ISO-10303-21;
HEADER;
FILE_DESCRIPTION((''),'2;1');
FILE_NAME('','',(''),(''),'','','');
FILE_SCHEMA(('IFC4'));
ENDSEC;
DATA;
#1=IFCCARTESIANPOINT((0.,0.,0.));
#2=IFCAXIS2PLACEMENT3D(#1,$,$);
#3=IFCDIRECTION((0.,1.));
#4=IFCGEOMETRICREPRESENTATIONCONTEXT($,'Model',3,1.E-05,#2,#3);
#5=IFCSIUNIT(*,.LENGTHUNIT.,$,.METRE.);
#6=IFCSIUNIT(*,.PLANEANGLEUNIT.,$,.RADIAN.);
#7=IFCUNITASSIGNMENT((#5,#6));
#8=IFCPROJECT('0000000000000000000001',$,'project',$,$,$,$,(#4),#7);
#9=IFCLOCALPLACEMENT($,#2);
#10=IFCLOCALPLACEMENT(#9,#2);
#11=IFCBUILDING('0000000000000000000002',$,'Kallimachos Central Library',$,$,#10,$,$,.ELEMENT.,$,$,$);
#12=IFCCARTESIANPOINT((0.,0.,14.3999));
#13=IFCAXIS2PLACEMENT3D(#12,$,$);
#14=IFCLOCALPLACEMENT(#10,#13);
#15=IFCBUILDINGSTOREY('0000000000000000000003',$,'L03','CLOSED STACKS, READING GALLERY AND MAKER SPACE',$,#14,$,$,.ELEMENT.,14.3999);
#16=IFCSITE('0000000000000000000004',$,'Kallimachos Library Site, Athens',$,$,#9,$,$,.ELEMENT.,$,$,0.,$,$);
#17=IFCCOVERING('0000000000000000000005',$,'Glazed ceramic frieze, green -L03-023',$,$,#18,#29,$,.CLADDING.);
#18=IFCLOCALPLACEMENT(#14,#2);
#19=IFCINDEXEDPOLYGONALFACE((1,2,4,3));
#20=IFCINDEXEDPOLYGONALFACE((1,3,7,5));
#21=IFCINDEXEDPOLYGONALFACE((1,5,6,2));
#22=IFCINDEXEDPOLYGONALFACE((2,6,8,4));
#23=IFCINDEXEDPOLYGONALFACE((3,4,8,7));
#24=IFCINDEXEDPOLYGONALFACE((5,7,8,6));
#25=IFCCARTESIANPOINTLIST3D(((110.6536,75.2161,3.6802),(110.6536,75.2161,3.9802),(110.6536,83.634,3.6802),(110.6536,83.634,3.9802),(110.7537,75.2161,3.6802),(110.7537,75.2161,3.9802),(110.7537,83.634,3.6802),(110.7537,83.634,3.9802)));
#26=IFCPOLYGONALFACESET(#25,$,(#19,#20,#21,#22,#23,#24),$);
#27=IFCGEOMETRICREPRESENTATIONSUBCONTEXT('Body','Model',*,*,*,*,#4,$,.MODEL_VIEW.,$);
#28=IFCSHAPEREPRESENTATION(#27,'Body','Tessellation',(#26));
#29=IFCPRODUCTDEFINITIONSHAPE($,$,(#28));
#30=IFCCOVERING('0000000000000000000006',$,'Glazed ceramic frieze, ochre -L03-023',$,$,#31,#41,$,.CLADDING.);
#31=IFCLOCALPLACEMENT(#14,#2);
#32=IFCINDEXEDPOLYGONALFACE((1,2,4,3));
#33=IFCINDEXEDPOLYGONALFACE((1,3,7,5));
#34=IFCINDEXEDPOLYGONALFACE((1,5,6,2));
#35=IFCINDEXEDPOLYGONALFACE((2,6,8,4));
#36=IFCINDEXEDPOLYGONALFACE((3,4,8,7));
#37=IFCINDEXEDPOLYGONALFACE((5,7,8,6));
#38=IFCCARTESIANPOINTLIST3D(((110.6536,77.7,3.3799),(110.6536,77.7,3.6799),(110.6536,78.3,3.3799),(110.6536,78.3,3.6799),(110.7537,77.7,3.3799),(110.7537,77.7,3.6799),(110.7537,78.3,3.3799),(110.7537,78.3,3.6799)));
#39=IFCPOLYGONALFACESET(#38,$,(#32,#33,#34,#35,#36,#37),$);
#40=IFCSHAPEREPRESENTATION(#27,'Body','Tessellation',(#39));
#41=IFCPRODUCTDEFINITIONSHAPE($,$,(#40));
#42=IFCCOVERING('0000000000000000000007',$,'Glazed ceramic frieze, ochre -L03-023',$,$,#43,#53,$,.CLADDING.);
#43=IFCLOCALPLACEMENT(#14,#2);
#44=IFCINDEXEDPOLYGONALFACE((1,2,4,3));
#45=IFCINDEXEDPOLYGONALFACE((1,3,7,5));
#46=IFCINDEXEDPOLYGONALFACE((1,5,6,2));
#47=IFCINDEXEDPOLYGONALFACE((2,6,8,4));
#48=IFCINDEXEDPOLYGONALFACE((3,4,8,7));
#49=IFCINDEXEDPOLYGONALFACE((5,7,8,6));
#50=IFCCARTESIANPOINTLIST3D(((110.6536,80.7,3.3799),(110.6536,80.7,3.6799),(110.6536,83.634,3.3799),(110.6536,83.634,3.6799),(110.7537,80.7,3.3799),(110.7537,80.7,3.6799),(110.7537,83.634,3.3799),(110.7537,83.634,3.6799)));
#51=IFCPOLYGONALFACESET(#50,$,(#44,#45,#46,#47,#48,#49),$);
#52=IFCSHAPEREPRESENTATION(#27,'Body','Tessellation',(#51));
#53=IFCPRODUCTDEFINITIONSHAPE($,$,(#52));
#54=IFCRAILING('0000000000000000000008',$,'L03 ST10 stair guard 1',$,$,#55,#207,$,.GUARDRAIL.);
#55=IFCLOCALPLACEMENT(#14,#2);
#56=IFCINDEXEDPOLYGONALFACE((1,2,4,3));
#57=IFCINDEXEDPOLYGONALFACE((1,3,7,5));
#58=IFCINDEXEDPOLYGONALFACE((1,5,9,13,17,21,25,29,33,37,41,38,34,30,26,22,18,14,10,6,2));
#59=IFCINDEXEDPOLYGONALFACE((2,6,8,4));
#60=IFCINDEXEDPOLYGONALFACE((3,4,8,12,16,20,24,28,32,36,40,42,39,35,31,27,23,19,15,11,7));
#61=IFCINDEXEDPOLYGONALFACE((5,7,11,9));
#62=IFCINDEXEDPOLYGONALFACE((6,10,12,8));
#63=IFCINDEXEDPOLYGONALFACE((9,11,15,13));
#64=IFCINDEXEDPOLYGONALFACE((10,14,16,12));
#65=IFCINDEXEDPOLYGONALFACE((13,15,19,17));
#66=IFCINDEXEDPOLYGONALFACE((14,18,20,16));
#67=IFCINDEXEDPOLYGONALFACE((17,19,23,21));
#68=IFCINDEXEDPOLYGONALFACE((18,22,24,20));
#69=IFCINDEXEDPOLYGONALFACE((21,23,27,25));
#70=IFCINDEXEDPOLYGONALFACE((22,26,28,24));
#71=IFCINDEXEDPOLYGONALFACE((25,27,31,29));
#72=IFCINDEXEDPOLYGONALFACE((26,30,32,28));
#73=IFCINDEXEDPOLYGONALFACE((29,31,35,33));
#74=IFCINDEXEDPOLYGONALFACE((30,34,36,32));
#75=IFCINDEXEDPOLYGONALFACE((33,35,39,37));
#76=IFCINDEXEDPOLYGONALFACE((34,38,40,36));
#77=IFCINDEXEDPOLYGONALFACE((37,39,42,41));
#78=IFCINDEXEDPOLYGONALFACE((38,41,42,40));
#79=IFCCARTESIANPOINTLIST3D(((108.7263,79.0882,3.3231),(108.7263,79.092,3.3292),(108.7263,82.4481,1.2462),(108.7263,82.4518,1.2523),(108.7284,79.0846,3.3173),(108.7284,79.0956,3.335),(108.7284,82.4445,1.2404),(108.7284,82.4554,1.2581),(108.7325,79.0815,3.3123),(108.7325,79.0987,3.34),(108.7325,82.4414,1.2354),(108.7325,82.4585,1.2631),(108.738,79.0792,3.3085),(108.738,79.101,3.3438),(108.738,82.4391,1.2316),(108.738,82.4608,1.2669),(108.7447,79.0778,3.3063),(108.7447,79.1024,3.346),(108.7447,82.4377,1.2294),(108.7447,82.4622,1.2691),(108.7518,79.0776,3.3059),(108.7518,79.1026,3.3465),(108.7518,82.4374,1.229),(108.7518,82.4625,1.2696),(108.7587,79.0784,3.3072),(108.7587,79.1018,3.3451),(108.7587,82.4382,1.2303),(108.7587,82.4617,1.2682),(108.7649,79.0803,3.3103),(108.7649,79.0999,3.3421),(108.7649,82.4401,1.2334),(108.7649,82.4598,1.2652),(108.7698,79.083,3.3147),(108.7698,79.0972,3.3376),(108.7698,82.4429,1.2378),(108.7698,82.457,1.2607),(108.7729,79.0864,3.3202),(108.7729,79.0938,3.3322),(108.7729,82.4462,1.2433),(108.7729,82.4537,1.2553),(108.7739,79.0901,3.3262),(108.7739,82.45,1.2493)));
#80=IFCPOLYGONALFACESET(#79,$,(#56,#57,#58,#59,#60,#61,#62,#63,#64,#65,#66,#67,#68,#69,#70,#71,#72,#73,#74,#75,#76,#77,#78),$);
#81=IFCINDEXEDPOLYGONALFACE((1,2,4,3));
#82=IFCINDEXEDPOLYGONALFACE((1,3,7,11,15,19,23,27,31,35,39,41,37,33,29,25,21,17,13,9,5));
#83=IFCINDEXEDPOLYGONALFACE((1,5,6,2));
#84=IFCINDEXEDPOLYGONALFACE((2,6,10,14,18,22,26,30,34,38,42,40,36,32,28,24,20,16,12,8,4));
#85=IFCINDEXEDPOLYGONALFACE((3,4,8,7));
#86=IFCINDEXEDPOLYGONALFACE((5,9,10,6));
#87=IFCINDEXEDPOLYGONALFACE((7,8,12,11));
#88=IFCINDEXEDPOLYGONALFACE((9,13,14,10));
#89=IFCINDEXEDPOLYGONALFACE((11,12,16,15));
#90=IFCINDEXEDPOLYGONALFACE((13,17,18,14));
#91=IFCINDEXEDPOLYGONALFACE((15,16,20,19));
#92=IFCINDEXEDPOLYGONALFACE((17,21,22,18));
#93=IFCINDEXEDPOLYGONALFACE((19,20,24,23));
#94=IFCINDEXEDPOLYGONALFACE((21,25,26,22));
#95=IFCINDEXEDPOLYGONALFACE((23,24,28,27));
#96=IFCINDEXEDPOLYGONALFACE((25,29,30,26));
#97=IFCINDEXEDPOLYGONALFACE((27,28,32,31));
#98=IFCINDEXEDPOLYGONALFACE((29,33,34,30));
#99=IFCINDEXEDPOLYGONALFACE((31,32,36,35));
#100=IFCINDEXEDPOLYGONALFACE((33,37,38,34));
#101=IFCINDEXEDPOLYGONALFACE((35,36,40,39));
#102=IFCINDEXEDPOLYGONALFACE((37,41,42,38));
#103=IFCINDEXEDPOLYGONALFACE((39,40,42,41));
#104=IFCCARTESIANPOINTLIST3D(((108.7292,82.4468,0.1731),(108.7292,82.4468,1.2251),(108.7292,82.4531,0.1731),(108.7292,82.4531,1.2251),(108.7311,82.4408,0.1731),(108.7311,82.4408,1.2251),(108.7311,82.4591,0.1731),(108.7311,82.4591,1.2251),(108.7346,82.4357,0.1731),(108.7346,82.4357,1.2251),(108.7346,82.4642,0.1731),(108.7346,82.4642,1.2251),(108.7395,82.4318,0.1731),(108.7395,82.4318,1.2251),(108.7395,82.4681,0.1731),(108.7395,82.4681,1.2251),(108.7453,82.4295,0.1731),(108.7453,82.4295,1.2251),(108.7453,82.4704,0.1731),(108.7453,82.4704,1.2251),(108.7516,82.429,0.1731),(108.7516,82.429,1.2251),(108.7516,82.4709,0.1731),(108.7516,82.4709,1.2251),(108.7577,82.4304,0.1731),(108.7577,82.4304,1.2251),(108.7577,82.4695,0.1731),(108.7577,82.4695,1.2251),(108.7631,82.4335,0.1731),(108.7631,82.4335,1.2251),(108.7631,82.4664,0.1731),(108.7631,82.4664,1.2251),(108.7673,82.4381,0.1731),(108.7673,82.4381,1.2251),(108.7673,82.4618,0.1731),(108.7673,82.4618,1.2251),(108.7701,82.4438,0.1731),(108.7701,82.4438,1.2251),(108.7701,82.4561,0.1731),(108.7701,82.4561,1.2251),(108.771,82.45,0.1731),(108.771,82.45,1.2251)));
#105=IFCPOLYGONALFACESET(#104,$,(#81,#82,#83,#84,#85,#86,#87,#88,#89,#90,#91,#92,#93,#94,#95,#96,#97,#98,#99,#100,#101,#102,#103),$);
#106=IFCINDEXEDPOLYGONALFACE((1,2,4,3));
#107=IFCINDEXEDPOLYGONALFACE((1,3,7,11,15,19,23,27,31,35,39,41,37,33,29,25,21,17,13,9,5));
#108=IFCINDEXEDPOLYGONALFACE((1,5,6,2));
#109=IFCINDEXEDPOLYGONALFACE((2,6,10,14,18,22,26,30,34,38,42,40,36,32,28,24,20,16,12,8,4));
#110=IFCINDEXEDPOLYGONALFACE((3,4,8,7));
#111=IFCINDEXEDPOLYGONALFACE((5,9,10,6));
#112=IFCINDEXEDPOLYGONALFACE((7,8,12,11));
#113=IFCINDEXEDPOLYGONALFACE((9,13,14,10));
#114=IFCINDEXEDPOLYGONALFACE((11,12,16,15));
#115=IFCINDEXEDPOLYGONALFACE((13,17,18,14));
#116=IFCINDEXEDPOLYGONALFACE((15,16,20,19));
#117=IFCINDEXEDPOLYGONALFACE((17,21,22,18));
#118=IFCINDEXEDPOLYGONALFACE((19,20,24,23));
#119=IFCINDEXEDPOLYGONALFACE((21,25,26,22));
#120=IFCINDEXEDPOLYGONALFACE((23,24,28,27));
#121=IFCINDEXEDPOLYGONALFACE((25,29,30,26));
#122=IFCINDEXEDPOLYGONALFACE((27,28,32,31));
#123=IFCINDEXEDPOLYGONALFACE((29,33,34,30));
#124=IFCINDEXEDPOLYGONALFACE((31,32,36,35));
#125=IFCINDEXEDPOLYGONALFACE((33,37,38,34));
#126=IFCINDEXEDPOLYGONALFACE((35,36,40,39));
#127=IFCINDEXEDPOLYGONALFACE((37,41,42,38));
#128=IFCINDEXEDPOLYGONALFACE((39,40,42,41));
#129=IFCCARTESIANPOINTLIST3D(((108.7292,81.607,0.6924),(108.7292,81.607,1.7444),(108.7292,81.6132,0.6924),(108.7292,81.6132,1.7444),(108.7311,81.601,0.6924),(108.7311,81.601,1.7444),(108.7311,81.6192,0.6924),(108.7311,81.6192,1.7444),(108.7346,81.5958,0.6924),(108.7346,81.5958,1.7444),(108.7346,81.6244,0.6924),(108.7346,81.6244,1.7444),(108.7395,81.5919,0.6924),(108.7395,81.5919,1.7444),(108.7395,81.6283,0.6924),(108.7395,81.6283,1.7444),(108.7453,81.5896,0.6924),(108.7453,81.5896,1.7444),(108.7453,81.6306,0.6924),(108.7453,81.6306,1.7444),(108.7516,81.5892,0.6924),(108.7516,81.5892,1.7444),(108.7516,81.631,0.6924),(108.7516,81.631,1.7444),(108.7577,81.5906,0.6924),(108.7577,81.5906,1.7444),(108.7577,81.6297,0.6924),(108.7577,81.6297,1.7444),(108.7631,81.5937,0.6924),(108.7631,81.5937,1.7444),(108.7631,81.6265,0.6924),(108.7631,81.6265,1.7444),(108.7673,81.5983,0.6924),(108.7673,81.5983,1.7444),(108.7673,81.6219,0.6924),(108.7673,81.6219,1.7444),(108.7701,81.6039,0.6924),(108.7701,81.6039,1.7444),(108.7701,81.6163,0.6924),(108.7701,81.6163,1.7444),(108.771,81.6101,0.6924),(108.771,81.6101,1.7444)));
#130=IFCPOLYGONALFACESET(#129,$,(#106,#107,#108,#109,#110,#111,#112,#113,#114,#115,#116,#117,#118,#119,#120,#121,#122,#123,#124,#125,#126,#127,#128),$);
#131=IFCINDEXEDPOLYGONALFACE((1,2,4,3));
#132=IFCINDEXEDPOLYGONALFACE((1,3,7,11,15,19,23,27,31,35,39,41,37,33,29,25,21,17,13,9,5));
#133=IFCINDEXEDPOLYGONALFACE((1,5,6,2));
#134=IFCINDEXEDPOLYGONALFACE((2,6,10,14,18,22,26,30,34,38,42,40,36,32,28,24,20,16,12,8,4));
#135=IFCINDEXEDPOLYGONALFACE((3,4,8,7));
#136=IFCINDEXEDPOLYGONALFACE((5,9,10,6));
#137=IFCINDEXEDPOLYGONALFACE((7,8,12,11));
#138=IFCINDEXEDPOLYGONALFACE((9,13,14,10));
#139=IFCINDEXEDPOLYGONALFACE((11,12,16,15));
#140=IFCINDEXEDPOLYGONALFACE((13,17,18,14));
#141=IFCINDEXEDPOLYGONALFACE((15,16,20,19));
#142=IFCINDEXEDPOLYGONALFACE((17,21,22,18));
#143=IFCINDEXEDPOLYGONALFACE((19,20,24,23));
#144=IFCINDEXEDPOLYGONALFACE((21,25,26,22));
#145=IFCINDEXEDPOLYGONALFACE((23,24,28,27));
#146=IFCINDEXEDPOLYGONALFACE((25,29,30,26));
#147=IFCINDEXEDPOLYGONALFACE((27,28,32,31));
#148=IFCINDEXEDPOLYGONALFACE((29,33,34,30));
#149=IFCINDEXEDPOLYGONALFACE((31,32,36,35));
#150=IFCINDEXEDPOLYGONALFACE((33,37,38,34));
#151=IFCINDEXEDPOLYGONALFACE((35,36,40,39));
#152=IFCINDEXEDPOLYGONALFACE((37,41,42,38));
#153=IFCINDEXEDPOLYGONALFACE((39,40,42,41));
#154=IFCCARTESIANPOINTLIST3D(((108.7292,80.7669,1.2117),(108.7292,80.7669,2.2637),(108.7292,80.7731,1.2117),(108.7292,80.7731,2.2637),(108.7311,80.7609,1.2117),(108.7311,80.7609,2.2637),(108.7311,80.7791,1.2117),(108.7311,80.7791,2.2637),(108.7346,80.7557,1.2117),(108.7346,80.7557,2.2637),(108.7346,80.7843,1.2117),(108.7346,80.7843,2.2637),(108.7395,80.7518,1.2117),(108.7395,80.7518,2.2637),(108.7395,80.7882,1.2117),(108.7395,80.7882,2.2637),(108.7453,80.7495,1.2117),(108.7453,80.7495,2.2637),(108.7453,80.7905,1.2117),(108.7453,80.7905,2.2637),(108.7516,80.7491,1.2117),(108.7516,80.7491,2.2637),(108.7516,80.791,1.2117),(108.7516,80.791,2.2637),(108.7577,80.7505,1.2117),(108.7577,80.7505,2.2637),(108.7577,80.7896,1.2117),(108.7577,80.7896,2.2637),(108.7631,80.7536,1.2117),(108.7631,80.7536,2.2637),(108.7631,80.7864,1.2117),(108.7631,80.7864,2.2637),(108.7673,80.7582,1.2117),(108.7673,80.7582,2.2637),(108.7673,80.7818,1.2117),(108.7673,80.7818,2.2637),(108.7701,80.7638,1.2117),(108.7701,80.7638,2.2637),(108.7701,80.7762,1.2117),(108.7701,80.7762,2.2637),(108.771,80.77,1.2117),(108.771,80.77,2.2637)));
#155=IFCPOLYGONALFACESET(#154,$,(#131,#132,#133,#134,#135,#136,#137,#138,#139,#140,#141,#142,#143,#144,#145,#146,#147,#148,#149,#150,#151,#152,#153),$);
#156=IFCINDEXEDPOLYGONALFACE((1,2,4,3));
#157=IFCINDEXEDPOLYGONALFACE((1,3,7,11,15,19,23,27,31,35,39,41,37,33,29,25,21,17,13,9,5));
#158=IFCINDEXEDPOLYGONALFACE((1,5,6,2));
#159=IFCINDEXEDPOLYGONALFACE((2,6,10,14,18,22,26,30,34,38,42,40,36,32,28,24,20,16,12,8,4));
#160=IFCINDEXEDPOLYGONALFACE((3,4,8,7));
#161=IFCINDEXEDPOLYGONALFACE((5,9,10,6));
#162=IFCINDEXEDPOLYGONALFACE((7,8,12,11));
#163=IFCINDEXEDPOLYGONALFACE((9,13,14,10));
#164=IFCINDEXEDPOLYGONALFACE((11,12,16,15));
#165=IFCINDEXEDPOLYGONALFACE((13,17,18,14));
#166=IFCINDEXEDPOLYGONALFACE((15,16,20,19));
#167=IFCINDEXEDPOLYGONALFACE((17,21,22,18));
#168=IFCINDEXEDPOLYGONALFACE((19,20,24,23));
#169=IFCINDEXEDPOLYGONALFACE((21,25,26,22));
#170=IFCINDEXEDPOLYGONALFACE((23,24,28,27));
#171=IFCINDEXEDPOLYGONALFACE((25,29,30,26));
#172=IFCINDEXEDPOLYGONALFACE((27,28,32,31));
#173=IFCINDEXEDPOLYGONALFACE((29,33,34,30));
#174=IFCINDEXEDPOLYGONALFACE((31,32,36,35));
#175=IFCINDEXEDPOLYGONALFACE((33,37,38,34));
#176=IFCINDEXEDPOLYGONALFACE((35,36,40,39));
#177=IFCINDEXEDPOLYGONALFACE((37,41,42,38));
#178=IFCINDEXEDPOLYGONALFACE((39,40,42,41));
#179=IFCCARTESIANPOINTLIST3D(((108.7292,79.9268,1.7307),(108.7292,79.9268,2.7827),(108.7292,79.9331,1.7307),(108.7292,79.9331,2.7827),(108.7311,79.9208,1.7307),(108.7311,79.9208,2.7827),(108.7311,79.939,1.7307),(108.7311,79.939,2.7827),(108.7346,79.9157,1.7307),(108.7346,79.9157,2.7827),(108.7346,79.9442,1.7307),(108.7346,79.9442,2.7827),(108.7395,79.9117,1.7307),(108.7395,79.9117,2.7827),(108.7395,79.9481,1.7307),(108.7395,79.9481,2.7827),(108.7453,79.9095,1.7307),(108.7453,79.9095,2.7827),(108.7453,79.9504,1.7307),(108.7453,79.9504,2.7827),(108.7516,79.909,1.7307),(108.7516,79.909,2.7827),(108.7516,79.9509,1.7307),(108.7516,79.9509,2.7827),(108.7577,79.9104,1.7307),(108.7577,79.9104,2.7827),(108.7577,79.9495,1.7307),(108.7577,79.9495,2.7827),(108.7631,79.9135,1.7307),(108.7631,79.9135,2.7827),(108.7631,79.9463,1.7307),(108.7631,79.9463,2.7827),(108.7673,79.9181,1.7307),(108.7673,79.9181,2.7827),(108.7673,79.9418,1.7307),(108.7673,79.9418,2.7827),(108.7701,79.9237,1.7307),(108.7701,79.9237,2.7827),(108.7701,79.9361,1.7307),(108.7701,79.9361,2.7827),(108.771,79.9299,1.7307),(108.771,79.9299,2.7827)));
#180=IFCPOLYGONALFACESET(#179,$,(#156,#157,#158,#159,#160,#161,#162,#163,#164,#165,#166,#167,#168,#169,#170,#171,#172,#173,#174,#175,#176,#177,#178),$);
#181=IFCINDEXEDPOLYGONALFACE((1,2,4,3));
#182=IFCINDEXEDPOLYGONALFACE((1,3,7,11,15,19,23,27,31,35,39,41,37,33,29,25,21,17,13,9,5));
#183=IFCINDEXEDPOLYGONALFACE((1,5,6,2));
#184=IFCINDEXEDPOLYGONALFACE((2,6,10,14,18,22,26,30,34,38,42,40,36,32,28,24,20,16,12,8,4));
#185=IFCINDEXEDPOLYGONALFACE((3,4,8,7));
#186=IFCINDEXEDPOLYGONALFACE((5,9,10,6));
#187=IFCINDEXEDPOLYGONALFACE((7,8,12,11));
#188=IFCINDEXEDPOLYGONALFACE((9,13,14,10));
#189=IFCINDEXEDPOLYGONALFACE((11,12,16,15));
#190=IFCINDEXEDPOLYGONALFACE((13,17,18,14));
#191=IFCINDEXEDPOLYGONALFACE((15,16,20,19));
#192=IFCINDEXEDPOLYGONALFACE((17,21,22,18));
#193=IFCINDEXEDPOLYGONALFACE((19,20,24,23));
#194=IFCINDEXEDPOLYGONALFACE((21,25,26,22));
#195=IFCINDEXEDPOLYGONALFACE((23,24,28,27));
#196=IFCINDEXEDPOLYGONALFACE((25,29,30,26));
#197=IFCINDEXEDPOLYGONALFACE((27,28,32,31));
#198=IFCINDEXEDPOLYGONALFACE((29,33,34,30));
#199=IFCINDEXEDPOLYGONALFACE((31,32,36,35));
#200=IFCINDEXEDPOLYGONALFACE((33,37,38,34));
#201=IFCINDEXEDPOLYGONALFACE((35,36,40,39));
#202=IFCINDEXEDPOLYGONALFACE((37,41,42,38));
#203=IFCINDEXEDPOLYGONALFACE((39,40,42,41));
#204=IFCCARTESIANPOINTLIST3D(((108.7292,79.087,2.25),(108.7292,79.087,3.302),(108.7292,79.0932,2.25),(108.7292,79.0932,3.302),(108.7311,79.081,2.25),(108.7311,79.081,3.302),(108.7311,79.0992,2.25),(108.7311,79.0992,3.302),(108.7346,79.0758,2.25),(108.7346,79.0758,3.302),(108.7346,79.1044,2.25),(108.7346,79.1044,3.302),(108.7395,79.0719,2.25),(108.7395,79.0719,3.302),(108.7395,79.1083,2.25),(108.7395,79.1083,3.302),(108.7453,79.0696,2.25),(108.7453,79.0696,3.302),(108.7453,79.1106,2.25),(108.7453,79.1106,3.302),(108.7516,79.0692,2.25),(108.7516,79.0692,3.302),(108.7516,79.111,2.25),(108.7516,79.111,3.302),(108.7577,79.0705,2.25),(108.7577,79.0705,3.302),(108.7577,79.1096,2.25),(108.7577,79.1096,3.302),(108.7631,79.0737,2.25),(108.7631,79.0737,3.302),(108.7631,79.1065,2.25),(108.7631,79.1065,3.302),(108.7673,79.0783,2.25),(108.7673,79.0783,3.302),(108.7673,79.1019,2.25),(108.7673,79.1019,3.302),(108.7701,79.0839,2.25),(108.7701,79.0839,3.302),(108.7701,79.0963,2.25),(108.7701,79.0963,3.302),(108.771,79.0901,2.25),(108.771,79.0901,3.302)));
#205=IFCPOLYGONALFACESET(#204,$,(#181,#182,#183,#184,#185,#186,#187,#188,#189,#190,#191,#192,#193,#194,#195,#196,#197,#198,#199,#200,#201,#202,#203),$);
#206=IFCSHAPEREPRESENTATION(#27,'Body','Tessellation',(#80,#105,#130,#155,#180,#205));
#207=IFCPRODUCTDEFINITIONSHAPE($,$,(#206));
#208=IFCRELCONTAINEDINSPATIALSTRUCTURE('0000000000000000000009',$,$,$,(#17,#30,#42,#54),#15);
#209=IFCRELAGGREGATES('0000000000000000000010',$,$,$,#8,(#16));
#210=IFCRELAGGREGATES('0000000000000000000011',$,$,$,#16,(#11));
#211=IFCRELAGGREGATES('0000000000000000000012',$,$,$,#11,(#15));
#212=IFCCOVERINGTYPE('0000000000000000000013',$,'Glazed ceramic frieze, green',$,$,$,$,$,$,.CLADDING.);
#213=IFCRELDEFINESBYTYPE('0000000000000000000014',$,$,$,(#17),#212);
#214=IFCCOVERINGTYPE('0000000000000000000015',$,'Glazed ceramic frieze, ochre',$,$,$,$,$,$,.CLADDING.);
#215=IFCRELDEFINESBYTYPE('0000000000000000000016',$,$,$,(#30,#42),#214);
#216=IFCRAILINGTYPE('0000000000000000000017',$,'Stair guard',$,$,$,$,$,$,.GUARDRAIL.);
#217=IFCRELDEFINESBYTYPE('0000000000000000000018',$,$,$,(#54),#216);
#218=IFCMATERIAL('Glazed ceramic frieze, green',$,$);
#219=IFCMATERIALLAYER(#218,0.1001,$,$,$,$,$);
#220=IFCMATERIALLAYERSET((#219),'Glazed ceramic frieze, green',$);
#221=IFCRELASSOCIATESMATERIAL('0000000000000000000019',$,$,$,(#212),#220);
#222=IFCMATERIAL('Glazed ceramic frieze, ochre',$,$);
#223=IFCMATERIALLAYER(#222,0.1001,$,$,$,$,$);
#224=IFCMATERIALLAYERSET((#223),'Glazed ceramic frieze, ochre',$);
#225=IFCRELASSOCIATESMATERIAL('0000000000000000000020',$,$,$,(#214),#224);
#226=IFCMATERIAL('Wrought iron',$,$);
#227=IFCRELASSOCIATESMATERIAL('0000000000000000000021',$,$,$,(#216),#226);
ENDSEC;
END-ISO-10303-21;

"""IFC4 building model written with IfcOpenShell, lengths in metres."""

from ifc_helpers import new_model, si_unit, direction, frame, origin, origin_2d, place, context, subcontext, project, spatial, rectangle, circle, extrude, material, layer, layer_set, type_object, element, save


model = new_model("IFC4")

# Units and contexts
model_context = context("Model", 3, precision=1e-05, world=origin(), true_north=direction((0.0, 1.0)))
body_context = subcontext(model_context, "Body", "Model", "MODEL_VIEW")
ifc_project = project(units=[si_unit("LENGTHUNIT", "METRE"), si_unit("PLANEANGLEUNIT", "RADIAN")], contexts=[model_context])

# Site, building, storey
site_placement = place(None, origin())
site = spatial("IfcSite", under=ifc_project, at=site_placement, Name="Kallimachos Library Site, Athens", CompositionType="ELEMENT", RefElevation=0.0)
building_placement = place(site_placement, origin())
building = spatial("IfcBuilding", under=site, at=building_placement, Name="Kallimachos Central Library", CompositionType="ELEMENT")
storey_placement = place(building_placement, frame((0.0, 0.0, 14.3999)))
storey = spatial("IfcBuildingStorey", under=building, at=storey_placement, Name="L03", Description="CLOSED STACKS, READING GALLERY AND MAKER SPACE", CompositionType="ELEMENT", Elevation=14.3999)

# Coverings
ifc_material_1 = material(Name="Glazed ceramic frieze, green")
ifc_layer_1 = layer(ifc_material_1, 0.1001)
ifc_layer_set_1 = layer_set([ifc_layer_1], Name="Glazed ceramic frieze, green")
covering_type_1 = type_object("IfcCoveringType", Name="Glazed ceramic frieze, green", PredefinedType="CLADDING", material=ifc_layer_set_1)
covering_1_placement = place(storey_placement, frame((110.7036, 79.425, 3.6802), z_axis=(0.0, 0.0, 1.0), x_axis=(1.0, 0.0, 0.0)))
element("IfcCovering", 1, at=covering_1_placement, inside=storey, type_object=covering_type_1, Name="Glazed ceramic frieze, green -L03-023", PredefinedType="CLADDING", context=body_context, shape_type="SweptSolid", body=[
    extrude(rectangle(XDim=0.1001, YDim=8.418, at=origin_2d()), origin(), (0.0, 0.0, 1.0), 0.3),
])
ifc_material_2 = material(Name="Glazed ceramic frieze, ochre")
ifc_layer_2 = layer(ifc_material_2, 0.1001)
ifc_layer_set_2 = layer_set([ifc_layer_2], Name="Glazed ceramic frieze, ochre")
covering_type_2 = type_object("IfcCoveringType", Name="Glazed ceramic frieze, ochre", PredefinedType="CLADDING", material=ifc_layer_set_2)
covering_2_placement = place(storey_placement, frame((110.7036, 78.0, 3.3799), z_axis=(0.0, 0.0, 1.0), x_axis=(1.0, 0.0, 0.0)))
element("IfcCovering", 2, at=covering_2_placement, inside=storey, type_object=covering_type_2, Name="Glazed ceramic frieze, ochre -L03-023", PredefinedType="CLADDING", context=body_context, shape_type="SweptSolid", body=[
    extrude(rectangle(XDim=0.1001, YDim=0.6001, at=origin_2d()), origin(), (0.0, 0.0, 1.0), 0.3),
])
covering_3_placement = place(storey_placement, frame((110.7036, 82.167, 3.3799), z_axis=(0.0, 0.0, 1.0), x_axis=(1.0, 0.0, 0.0)))
element("IfcCovering", 3, at=covering_3_placement, inside=storey, type_object=covering_type_2, Name="Glazed ceramic frieze, ochre -L03-023", PredefinedType="CLADDING", context=body_context, shape_type="SweptSolid", body=[
    extrude(rectangle(XDim=0.1001, YDim=2.9341, at=origin_2d()), origin(), (0.0, 0.0, 1.0), 0.3),
])

# Railing
ifc_material_3 = material(Name="Wrought iron")
railing_type_1 = type_object("IfcRailingType", Name="Stair guard", PredefinedType="GUARDRAIL", material=ifc_material_3)
railing_1_placement = place(storey_placement, frame((108.75, 82.45, 0.1731)))
element("IfcRailing", 4, at=railing_1_placement, inside=storey, type_object=railing_type_1, Name="L03 ST10 stair guard 1", PredefinedType="GUARDRAIL", context=body_context, shape_type="SweptSolid", body=[
    extrude(circle(Radius=0.0239, at=origin_2d()), frame((0.0, 0.0, 1.0762), z_axis=(0.0, -0.850606, 0.525803), x_axis=(1.0, 0.0, 0.0)), (0.0, 0.0, 1.0), 3.95),
    extrude(circle(Radius=0.021, at=origin_2d()), origin(), (0.0, 0.0, 1.0), 1.052),
    extrude(circle(Radius=0.021, at=origin_2d()), frame((0.0, -0.8398, 0.5193)), (0.0, 0.0, 1.0), 1.052),
    extrude(circle(Radius=0.021, at=origin_2d()), frame((0.0, -1.6799, 1.0386)), (0.0, 0.0, 1.0), 1.052),
    extrude(circle(Radius=0.021, at=origin_2d()), frame((0.0, -2.52, 1.5576)), (0.0, 0.0, 1.0), 1.052),
    extrude(circle(Radius=0.021, at=origin_2d()), frame((0.0, -3.3599, 2.0769)), (0.0, 0.0, 1.0), 1.052),
])

save(model, "model.ifc")
